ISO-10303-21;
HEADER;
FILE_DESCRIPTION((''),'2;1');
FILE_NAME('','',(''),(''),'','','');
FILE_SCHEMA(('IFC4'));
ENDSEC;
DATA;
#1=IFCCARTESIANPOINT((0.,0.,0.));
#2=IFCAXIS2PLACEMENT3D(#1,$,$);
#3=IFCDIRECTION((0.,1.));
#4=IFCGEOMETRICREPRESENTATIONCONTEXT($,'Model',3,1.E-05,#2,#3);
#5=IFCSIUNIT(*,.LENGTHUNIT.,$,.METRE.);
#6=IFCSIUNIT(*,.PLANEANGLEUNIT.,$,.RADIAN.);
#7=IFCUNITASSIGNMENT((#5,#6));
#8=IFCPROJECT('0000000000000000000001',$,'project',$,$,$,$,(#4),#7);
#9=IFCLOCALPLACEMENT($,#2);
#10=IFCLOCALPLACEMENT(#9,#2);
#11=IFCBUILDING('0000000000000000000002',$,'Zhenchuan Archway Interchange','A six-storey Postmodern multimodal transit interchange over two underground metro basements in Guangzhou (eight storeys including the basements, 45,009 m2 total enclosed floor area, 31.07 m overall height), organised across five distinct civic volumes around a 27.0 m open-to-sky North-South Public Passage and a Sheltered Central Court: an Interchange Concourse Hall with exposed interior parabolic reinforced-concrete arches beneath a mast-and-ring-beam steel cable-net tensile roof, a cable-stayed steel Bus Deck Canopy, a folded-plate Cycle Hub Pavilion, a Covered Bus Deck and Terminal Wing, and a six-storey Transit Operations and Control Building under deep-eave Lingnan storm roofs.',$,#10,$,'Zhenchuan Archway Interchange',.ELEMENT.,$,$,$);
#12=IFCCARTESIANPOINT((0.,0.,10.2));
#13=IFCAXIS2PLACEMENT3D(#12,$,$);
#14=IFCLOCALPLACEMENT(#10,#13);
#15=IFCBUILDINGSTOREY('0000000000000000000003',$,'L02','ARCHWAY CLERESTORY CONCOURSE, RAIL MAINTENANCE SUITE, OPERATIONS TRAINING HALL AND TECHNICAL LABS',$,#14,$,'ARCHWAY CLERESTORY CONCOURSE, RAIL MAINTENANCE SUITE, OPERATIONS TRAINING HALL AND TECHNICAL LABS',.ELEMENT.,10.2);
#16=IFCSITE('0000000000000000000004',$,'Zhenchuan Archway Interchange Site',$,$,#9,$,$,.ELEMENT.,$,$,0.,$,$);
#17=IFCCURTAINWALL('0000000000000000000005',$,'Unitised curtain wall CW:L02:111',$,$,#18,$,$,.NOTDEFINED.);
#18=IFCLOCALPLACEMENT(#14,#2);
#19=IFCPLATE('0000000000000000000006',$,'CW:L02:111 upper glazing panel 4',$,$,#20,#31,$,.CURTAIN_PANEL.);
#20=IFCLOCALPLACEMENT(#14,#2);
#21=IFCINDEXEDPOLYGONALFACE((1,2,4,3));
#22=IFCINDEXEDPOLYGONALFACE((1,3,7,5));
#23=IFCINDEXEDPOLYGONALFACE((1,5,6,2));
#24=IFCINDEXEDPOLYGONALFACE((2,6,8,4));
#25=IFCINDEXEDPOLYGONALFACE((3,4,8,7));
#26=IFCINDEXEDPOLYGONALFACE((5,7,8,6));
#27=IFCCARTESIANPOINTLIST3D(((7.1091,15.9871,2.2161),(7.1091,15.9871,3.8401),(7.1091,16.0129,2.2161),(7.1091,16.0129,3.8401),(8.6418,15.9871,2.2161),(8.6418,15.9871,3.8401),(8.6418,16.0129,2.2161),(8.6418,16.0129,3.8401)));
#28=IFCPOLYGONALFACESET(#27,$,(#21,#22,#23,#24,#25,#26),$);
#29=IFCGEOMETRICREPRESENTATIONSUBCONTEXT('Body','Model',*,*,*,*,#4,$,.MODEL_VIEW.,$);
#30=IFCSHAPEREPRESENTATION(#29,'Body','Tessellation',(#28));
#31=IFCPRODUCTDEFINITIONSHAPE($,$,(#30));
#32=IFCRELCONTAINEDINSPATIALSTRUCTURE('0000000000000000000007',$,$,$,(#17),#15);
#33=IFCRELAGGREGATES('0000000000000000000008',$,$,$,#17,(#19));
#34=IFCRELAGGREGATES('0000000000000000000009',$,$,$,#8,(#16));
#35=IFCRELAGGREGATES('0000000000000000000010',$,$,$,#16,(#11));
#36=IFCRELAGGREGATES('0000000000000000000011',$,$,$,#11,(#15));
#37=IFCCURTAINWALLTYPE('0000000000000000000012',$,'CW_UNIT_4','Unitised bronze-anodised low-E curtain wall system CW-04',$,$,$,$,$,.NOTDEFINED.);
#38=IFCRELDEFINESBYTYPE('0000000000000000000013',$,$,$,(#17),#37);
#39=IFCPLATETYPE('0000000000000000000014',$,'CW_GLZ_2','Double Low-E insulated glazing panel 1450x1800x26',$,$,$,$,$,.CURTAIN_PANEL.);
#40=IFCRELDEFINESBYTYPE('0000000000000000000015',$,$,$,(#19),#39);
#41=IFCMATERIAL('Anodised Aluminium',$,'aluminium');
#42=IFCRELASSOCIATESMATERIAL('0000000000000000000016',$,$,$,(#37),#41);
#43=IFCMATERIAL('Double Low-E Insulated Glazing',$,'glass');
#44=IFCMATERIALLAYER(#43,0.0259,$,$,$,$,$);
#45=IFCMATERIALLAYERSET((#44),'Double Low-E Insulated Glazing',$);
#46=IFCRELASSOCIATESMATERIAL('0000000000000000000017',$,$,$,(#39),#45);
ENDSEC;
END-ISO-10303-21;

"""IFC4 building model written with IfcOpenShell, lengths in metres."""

from ifc_helpers import new_model, si_unit, direction, frame, origin, origin_2d, place, context, subcontext, project, spatial, rectangle, extrude, material, layer, layer_set, type_object, element, aggregate, save


model = new_model("IFC4")

# Units and contexts
model_context = context("Model", 3, precision=1e-05, world=origin(), true_north=direction((0.0, 1.0)))
body_context = subcontext(model_context, "Body", "Model", "MODEL_VIEW")
ifc_project = project(units=[si_unit("LENGTHUNIT", "METRE"), si_unit("PLANEANGLEUNIT", "RADIAN")], contexts=[model_context])

# Site, building, storey
site_placement = place(None, origin())
site = spatial("IfcSite", under=ifc_project, at=site_placement, Name="Zhenchuan Archway Interchange Site", CompositionType="ELEMENT", RefElevation=0.0)
building_placement = place(site_placement, origin())
building = spatial("IfcBuilding", under=site, at=building_placement, Name="Zhenchuan Archway Interchange", Description="A six-storey Postmodern multimodal transit interchange over two underground metro basements in Guangzhou (eight storeys including the basements, 45,009 m2 total enclosed floor area, 31.07 m overall height), organised across five distinct civic volumes around a 27.0 m open-to-sky North-South Public Passage and a Sheltered Central Court: an Interchange Concourse Hall with exposed interior parabolic reinforced-concrete arches beneath a mast-and-ring-beam steel cable-net tensile roof, a cable-stayed steel Bus Deck Canopy, a folded-plate Cycle Hub Pavilion, a Covered Bus Deck and Terminal Wing, and a six-storey Transit Operations and Control Building under deep-eave Lingnan storm roofs.", LongName="Zhenchuan Archway Interchange", CompositionType="ELEMENT")
storey_placement = place(building_placement, frame((0.0, 0.0, 10.2)))
storey = spatial("IfcBuildingStorey", under=building, at=storey_placement, Name="L02", Description="ARCHWAY CLERESTORY CONCOURSE, RAIL MAINTENANCE SUITE, OPERATIONS TRAINING HALL AND TECHNICAL LABS", LongName="ARCHWAY CLERESTORY CONCOURSE, RAIL MAINTENANCE SUITE, OPERATIONS TRAINING HALL AND TECHNICAL LABS", CompositionType="ELEMENT", Elevation=10.2)

# Curtain wall
ifc_material_1 = material(Name="Anodised Aluminium", Category="aluminium")
curtain_wall_type = type_object("IfcCurtainWallType", Name="CW_UNIT_4", Description="Unitised bronze-anodised low-E curtain wall system CW-04", PredefinedType="NOTDEFINED", material=ifc_material_1)
curtain_wall_placement = place(storey_placement, origin())
curtain_wall = element("IfcCurtainWall", 1, at=curtain_wall_placement, inside=storey, type_object=curtain_wall_type, Name="Unitised curtain wall CW:L02:111", PredefinedType="NOTDEFINED")

# Plate
ifc_material_2 = material(Name="Double Low-E Insulated Glazing", Category="glass")
ifc_layer_1 = layer(ifc_material_2, 0.0259)
ifc_layer_set_1 = layer_set([ifc_layer_1], Name="Double Low-E Insulated Glazing")
plate_type_1 = type_object("IfcPlateType", Name="CW_GLZ_2", Description="Double Low-E insulated glazing panel 1450x1800x26", PredefinedType="CURTAIN_PANEL", material=ifc_layer_set_1)
plate_1_placement = place(storey_placement, frame((7.8755, 16.0, 2.2161), z_axis=(0.0, 0.0, 1.0), x_axis=(1.0, 0.0, 0.0)))
plate_1 = element("IfcPlate", 2, at=plate_1_placement, type_object=plate_type_1, Name="CW:L02:111 upper glazing panel 4", PredefinedType="CURTAIN_PANEL", context=body_context, shape_type="SweptSolid", body=[
    extrude(rectangle(XDim=1.5327, YDim=0.0259, at=origin_2d()), origin(), (0.0, 0.0, 1.0), 1.624),
])
aggregate(curtain_wall, [plate_1])

save(model, "model.ifc")
